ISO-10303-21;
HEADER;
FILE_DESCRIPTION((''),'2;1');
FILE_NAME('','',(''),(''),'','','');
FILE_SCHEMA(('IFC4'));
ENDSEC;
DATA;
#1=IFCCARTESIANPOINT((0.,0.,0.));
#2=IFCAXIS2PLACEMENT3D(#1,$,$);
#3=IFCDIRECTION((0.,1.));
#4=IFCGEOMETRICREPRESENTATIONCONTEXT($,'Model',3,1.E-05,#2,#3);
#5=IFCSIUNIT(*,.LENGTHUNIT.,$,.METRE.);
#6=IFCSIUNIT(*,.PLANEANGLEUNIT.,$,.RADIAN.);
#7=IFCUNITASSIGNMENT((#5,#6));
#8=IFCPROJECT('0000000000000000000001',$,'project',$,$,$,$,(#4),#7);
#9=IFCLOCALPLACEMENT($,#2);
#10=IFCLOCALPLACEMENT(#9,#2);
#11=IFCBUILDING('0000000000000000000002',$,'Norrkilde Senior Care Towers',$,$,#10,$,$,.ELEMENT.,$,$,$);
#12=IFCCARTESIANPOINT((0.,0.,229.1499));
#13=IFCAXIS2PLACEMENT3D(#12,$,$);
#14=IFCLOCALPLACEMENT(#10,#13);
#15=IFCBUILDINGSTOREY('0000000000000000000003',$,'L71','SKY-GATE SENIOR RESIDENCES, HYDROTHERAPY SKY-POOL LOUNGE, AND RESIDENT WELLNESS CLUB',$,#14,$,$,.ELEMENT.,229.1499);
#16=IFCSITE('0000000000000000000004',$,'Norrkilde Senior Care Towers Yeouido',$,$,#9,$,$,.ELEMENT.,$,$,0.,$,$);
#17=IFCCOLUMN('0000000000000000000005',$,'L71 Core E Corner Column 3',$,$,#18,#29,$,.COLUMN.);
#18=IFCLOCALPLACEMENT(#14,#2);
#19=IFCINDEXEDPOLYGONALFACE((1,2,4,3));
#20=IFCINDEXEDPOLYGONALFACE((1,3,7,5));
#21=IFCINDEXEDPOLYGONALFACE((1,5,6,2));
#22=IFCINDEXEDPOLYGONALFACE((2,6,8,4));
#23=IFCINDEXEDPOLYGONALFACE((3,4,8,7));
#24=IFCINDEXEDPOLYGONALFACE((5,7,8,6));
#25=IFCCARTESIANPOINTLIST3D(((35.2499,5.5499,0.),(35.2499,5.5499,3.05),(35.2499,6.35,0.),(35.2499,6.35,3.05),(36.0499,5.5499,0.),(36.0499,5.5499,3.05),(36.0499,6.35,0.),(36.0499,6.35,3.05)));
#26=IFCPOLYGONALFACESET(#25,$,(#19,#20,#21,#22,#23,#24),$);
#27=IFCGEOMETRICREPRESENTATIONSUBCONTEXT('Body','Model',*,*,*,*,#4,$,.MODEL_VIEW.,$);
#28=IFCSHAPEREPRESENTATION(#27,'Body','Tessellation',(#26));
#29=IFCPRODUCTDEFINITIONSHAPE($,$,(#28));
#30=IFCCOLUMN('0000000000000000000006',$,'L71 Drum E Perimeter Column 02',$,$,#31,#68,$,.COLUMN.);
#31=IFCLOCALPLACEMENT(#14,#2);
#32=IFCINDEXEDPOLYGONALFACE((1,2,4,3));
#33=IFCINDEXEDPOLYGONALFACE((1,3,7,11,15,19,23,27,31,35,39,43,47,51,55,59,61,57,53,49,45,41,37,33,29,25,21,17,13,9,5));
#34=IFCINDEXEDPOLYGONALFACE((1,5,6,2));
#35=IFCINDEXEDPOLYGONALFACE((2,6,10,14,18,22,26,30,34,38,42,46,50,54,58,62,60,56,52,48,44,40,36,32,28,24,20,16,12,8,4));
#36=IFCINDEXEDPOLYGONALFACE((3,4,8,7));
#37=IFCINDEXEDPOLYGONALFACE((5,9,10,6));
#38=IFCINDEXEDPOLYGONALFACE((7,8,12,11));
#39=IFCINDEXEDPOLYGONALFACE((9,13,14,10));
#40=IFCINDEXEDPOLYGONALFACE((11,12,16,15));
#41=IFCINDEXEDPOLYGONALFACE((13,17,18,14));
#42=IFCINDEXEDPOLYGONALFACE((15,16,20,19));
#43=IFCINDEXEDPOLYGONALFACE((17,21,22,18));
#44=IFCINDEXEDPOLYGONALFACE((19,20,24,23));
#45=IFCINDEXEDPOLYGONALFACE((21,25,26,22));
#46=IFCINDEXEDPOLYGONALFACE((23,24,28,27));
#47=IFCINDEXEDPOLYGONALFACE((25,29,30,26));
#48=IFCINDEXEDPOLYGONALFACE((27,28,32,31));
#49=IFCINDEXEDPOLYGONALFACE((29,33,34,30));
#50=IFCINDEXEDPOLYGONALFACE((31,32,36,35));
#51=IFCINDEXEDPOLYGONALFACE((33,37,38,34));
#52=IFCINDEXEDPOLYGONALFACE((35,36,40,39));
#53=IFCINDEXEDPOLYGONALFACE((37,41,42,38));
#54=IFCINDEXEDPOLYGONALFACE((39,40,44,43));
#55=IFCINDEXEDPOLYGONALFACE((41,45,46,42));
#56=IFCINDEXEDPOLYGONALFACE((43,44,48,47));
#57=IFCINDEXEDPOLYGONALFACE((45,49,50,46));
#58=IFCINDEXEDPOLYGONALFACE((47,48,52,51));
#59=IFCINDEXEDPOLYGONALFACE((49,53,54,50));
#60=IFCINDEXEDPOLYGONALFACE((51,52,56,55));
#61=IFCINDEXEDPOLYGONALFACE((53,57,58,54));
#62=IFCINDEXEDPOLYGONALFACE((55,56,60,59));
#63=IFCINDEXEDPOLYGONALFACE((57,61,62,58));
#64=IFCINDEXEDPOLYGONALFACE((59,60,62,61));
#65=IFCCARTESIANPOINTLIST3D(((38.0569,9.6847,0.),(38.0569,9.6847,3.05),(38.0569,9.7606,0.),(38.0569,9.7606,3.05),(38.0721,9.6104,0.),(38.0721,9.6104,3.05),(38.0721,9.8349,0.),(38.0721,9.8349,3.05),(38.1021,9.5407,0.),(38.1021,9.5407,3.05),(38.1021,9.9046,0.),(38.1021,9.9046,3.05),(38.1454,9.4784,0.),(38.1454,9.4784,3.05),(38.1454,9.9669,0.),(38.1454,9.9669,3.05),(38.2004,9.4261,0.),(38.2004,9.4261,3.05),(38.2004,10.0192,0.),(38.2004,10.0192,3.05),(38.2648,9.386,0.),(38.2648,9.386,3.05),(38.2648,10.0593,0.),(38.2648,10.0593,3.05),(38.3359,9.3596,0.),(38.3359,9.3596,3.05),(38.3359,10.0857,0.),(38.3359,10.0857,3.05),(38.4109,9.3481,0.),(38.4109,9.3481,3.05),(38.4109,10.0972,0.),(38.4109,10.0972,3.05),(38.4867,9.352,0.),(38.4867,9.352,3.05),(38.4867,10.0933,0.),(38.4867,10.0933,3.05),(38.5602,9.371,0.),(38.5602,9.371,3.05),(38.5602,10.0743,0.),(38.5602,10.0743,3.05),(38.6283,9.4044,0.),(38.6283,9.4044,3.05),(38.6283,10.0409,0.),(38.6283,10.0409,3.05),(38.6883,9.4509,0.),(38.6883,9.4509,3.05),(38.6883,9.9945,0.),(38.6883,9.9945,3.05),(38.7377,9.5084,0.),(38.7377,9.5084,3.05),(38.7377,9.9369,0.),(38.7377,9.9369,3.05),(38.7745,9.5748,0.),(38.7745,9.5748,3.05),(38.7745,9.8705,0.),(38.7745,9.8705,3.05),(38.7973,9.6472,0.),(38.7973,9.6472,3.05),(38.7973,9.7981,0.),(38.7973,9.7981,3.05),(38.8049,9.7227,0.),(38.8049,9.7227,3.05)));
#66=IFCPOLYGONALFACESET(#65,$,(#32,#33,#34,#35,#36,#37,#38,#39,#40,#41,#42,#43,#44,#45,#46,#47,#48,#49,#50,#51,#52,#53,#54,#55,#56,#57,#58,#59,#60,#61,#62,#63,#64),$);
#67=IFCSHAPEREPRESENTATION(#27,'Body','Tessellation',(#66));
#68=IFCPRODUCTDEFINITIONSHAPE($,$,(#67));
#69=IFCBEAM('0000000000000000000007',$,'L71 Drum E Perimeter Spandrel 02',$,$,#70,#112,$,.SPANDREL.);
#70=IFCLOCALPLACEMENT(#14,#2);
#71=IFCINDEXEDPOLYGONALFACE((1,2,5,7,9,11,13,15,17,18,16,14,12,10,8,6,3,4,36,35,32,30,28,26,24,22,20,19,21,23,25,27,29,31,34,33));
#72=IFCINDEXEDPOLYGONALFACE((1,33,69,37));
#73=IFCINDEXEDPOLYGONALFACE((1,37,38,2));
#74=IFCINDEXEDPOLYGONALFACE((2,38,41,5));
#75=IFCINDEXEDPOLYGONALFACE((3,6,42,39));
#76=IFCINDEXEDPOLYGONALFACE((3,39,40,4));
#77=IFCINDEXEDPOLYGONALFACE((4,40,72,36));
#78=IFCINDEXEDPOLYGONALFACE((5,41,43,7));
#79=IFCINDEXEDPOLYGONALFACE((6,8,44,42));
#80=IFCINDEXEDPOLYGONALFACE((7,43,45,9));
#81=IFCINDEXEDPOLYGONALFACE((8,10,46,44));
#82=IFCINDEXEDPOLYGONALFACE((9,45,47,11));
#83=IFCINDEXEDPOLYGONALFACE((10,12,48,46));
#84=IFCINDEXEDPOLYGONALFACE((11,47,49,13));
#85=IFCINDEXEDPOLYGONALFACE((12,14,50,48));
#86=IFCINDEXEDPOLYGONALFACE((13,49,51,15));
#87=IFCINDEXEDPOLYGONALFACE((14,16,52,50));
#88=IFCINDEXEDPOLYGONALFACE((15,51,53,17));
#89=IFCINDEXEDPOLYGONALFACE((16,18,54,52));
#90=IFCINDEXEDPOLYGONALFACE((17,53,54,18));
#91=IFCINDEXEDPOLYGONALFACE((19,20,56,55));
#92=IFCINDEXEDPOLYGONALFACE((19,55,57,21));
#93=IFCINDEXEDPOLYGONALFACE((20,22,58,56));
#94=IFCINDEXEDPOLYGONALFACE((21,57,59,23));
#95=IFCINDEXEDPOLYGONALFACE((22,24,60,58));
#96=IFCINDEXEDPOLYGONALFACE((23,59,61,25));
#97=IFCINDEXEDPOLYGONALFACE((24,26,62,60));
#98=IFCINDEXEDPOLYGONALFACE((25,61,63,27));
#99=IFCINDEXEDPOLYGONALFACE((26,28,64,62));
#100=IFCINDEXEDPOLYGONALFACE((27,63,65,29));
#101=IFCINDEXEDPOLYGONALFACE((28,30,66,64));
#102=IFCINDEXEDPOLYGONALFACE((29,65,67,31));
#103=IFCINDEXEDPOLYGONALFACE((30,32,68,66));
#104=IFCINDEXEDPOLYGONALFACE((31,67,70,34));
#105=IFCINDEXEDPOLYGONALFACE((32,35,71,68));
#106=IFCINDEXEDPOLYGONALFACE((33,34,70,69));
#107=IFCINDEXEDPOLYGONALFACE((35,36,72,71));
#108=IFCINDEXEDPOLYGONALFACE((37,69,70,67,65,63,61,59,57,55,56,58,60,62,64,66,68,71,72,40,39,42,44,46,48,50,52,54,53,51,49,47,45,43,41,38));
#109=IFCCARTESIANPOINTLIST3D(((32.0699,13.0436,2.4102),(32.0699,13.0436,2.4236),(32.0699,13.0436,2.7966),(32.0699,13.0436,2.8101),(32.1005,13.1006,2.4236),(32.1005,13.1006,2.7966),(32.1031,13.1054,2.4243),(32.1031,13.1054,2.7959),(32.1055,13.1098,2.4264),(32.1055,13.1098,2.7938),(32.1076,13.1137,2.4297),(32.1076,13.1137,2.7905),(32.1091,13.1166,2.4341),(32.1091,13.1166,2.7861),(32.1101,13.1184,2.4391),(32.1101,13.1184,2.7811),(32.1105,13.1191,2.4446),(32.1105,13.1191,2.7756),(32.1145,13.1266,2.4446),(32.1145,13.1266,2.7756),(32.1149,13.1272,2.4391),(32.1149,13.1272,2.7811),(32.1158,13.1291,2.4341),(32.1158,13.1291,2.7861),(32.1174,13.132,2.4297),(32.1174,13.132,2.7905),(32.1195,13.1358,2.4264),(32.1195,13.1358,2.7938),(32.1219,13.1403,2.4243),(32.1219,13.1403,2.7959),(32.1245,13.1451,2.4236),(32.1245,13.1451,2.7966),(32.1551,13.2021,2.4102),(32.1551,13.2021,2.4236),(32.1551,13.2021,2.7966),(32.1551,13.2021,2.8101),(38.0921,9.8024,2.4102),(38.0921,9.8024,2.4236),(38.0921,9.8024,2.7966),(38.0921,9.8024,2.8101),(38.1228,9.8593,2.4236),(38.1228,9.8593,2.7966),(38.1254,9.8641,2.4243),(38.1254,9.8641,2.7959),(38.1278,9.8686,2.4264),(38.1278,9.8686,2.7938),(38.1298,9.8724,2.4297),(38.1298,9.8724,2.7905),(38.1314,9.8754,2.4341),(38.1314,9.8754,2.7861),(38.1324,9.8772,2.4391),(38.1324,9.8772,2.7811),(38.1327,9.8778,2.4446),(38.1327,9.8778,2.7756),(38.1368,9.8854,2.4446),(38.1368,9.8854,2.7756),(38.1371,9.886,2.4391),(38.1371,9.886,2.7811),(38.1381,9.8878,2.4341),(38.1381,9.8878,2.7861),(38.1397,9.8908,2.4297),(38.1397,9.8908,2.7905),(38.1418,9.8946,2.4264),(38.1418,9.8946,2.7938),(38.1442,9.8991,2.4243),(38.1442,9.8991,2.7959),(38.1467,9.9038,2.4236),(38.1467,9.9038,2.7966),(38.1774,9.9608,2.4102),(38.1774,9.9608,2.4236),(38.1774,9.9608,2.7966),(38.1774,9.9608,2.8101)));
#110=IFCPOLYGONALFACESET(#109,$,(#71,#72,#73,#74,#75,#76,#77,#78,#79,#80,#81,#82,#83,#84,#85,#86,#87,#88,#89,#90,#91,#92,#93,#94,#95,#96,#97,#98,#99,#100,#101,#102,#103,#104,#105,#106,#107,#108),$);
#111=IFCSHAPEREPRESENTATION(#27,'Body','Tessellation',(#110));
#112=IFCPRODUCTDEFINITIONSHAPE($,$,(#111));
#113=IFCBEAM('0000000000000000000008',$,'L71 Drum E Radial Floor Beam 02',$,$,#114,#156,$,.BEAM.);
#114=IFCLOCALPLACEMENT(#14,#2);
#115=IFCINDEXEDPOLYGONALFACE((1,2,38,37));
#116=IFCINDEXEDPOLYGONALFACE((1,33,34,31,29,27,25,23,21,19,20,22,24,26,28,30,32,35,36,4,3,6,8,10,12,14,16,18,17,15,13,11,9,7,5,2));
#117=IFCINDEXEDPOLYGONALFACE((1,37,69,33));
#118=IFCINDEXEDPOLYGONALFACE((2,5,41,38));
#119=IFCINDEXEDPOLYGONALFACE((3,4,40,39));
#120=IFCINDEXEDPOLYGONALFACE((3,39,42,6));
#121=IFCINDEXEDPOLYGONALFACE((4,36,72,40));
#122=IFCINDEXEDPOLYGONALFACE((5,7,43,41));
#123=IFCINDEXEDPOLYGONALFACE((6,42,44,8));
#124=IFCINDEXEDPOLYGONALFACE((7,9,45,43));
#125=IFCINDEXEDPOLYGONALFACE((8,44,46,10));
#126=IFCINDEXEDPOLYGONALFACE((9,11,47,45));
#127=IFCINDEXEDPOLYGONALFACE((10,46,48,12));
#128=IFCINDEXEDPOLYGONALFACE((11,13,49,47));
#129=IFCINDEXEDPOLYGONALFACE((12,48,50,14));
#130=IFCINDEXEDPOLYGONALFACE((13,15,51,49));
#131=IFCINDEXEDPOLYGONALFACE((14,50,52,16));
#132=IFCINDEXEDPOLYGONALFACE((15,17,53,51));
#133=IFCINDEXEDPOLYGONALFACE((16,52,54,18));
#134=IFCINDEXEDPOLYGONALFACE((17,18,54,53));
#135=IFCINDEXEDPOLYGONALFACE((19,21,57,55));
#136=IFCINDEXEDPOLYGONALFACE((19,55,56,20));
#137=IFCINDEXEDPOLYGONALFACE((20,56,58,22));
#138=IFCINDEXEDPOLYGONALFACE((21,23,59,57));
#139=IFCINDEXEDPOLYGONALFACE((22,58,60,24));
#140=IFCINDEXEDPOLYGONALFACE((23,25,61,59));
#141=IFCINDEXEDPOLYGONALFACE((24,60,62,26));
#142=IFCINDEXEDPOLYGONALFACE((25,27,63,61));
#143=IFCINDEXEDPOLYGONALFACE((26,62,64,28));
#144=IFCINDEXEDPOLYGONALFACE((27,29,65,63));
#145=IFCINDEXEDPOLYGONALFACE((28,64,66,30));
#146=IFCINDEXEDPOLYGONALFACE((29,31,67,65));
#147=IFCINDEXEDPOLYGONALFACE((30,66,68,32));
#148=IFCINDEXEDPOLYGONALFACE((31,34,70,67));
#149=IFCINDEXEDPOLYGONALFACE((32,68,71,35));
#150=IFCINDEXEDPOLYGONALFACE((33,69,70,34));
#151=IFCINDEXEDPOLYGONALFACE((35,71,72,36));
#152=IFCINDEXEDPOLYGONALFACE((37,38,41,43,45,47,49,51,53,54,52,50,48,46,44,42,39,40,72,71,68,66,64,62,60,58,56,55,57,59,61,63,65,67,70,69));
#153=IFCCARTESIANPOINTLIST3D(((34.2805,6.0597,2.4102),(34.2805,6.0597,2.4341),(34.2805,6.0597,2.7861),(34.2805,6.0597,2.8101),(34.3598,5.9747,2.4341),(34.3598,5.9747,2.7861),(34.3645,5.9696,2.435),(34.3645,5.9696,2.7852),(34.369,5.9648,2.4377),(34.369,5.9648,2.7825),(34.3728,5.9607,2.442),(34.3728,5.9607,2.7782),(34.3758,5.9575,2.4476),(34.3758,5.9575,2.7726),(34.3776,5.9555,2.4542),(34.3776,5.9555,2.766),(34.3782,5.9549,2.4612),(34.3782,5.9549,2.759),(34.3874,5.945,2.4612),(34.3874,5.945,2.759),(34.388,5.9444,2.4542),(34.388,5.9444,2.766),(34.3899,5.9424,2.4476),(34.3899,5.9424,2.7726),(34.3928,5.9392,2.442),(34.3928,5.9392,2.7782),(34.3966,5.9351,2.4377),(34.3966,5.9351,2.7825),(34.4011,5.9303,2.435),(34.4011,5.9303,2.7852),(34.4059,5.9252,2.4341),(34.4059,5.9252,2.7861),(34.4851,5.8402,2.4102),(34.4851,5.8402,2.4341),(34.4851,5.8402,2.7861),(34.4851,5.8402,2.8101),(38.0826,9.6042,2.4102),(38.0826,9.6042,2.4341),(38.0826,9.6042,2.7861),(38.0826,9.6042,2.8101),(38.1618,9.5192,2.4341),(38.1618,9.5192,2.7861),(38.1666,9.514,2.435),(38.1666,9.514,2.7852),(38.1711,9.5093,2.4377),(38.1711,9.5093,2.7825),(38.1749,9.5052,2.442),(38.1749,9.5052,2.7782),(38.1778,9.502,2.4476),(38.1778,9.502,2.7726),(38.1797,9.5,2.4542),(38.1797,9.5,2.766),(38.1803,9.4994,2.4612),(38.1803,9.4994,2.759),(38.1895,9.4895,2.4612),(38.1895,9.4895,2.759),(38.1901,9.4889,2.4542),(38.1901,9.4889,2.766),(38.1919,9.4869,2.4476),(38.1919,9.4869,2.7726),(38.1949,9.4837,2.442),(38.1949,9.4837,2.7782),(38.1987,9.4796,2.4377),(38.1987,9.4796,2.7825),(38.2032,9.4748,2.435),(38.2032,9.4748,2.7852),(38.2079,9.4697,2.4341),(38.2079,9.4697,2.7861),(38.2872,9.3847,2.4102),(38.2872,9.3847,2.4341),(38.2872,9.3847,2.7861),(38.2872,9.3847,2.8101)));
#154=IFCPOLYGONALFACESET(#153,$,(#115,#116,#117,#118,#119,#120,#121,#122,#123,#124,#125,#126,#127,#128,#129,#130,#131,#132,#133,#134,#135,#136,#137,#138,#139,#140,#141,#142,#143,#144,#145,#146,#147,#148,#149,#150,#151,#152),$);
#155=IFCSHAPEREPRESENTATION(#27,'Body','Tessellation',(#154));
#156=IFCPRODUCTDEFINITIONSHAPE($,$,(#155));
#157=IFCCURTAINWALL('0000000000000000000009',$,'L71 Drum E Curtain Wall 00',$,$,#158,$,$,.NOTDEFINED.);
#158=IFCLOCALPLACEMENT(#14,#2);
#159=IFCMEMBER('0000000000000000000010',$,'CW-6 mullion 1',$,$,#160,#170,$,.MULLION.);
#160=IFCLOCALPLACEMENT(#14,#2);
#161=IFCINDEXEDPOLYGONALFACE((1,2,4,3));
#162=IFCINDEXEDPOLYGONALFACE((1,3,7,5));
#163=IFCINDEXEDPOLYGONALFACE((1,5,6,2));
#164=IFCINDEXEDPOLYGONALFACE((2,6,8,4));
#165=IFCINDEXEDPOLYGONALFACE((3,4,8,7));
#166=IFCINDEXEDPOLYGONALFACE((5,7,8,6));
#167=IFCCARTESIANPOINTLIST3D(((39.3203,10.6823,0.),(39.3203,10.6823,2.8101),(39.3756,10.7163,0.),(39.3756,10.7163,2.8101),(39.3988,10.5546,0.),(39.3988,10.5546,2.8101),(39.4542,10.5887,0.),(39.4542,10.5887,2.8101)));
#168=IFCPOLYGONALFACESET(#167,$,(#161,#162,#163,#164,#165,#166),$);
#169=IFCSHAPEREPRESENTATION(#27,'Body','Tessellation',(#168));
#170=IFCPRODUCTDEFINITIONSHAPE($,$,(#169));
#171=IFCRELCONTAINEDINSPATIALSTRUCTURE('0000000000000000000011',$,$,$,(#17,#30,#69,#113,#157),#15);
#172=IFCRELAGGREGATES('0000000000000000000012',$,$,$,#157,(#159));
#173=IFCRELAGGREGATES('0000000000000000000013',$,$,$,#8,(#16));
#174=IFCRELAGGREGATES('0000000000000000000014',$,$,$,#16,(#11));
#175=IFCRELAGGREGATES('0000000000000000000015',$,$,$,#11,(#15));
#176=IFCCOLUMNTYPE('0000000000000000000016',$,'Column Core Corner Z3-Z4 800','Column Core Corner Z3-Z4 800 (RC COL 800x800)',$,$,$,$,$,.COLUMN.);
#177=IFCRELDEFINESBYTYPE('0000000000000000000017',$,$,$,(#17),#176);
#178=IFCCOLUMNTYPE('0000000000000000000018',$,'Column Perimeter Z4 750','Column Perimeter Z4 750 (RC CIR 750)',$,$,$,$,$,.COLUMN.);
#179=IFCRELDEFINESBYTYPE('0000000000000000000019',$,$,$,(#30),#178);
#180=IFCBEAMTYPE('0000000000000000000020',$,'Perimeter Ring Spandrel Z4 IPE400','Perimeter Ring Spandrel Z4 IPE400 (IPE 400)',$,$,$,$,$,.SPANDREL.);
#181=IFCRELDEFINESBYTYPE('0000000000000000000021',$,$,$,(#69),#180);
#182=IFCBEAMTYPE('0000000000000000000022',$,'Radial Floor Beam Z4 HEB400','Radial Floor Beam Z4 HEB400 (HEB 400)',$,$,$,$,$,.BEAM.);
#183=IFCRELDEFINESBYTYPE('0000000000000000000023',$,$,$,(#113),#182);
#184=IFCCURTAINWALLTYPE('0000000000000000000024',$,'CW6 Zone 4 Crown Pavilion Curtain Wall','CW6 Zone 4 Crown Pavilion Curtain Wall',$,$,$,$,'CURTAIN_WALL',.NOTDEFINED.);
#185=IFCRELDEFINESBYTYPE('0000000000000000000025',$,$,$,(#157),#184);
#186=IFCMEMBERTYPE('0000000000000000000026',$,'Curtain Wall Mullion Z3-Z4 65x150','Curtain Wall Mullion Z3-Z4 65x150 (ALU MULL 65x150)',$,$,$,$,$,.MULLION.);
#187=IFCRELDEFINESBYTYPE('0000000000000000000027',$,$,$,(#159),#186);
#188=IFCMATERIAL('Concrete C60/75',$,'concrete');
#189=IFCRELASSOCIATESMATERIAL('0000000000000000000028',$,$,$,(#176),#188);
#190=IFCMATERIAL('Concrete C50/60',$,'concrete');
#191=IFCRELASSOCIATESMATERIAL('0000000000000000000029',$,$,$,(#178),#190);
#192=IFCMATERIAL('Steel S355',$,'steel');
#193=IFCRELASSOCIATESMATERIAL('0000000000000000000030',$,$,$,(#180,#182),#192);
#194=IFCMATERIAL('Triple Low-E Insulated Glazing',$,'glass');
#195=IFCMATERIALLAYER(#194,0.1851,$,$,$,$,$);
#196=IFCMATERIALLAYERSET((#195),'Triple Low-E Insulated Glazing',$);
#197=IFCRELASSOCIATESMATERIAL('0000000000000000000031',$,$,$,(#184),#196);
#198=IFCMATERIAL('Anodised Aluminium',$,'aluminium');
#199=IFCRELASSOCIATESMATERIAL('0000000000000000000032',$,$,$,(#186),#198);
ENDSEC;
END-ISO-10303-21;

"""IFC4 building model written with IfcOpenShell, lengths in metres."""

from ifc_helpers import new_model, si_unit, direction, frame, origin, origin_2d, place, context, subcontext, project, spatial, rectangle, circle, i_section, extrude, source, transform, mapped, material, layer, layer_set, material_profile, profile_set, type_object, type_shapes, element, aggregate, save


model = new_model("IFC4")

# Units and contexts
model_context = context("Model", 3, precision=1e-05, world=origin(), true_north=direction((0.0, 1.0)))
body_context = subcontext(model_context, "Body", "Model", "MODEL_VIEW")
ifc_project = project(units=[si_unit("LENGTHUNIT", "METRE"), si_unit("PLANEANGLEUNIT", "RADIAN")], contexts=[model_context])

# Site, building, storey
site_placement = place(None, origin())
site = spatial("IfcSite", under=ifc_project, at=site_placement, Name="Norrkilde Senior Care Towers Yeouido", CompositionType="ELEMENT", RefElevation=0.0)
building_placement = place(site_placement, origin())
building = spatial("IfcBuilding", under=site, at=building_placement, Name="Norrkilde Senior Care Towers", CompositionType="ELEMENT")
storey_placement = place(building_placement, frame((0.0, 0.0, 229.1499)))
storey = spatial("IfcBuildingStorey", under=building, at=storey_placement, Name="L71", Description="SKY-GATE SENIOR RESIDENCES, HYDROTHERAPY SKY-POOL LOUNGE, AND RESIDENT WELLNESS CLUB", CompositionType="ELEMENT", Elevation=229.1499)

# Columns
ifc_material_1 = material(Name="Concrete C60/75", Category="concrete")
ifc_material_profile_1 = material_profile(ifc_material_1, rectangle(XDim=0.8, YDim=0.8, at=origin_2d()), Name="RC COL 800x800")
ifc_profile_set_1 = profile_set([ifc_material_profile_1], Name="Concrete C60/75")
column_type_1 = type_object("IfcColumnType", Name="Column Core Corner Z3-Z4 800", Description="Column Core Corner Z3-Z4 800 (RC COL 800x800)", PredefinedType="COLUMN", material=ifc_profile_set_1)
shared_shape_1 = source(origin(), body_context, "Body", "SweptSolid", [
    extrude(rectangle(XDim=0.8, YDim=0.8, at=origin_2d()), origin(), (0.0, 0.0, 1.0), 3.05),
])
type_shapes(column_type_1, [shared_shape_1])
column_1_placement = place(storey_placement, frame((35.6499, 5.95, 0.0), z_axis=(0.0, 0.0, 1.0), x_axis=(1.0, 0.0, 0.0)))
element("IfcColumn", 1, at=column_1_placement, inside=storey, type_object=column_type_1, Name="L71 Core E Corner Column 3", PredefinedType="COLUMN", context=body_context, shape_type="MappedRepresentation", body=[
    mapped(shared_shape_1, transform((0.0, 0.0, 0.0), x_axis=(1.0, 0.0, 0.0), y_axis=(0.0, 1.0, 0.0), z_axis=(0.0, 0.0, 1.0), scale=1.0)),
])
ifc_material_2 = material(Name="Concrete C50/60", Category="concrete")
ifc_material_profile_2 = material_profile(ifc_material_2, circle(Radius=0.375, at=origin_2d()), Name="RC CIR 750")
ifc_profile_set_2 = profile_set([ifc_material_profile_2], Name="Concrete C50/60")
column_type_2 = type_object("IfcColumnType", Name="Column Perimeter Z4 750", Description="Column Perimeter Z4 750 (RC CIR 750)", PredefinedType="COLUMN", material=ifc_profile_set_2)
shared_shape_2 = source(origin(), body_context, "Body", "SweptSolid", [
    extrude(circle(Radius=0.375, at=origin_2d()), origin(), (0.0, 0.0, 1.0), 3.05),
])
type_shapes(column_type_2, [shared_shape_2])
column_2_placement = place(storey_placement, frame((38.4299, 9.7227, 0.0), z_axis=(0.0, 0.0, 1.0), x_axis=(1.0, 0.0, 0.0)))
element("IfcColumn", 2, at=column_2_placement, inside=storey, type_object=column_type_2, Name="L71 Drum E Perimeter Column 02", PredefinedType="COLUMN", context=body_context, shape_type="MappedRepresentation", body=[
    mapped(shared_shape_2, transform((0.0, 0.0, 0.0), x_axis=(1.0, 0.0, 0.0), y_axis=(0.0, 1.0, 0.0), z_axis=(0.0, 0.0, 1.0), scale=1.0)),
])

# Beams
ifc_material_3 = material(Name="Steel S355", Category="steel")
ifc_material_profile_3 = material_profile(ifc_material_3, i_section(OverallWidth=0.1799, OverallDepth=0.3999, WebThickness=0.0085, FlangeThickness=0.0134, FilletRadius=0.021, at=origin_2d()), Name="IPE 400")
ifc_profile_set_3 = profile_set([ifc_material_profile_3], Name="Steel S355")
beam_type_1 = type_object("IfcBeamType", Name="Perimeter Ring Spandrel Z4 IPE400", Description="Perimeter Ring Spandrel Z4 IPE400 (IPE 400)", PredefinedType="SPANDREL", material=ifc_profile_set_3)
shared_shape_3 = source(origin(), body_context, "Body", "SweptSolid", [
    extrude(i_section(OverallWidth=0.1799, OverallDepth=0.3999, WebThickness=0.0085, FlangeThickness=0.0134, FilletRadius=0.021, at=origin_2d()), origin(), (0.0, 0.0, 1.0), 6.8391),
])
type_shapes(beam_type_1, [shared_shape_3])
beam_1_placement = place(storey_placement, frame((38.1348, 9.8816, 2.6101), z_axis=(-0.880564, 0.473927, 0.0), x_axis=(-0.473927, -0.880564, 0.0)))
element("IfcBeam", 3, at=beam_1_placement, inside=storey, type_object=beam_type_1, Name="L71 Drum E Perimeter Spandrel 02", PredefinedType="SPANDREL", context=body_context, shape_type="MappedRepresentation", body=[
    mapped(shared_shape_3, transform((0.0, 0.0, 0.0), x_axis=(1.0, 0.0, 0.0), y_axis=(0.0, 1.0, 0.0), z_axis=(0.0, 0.0, 1.0), scale=1.0)),
])
ifc_material_profile_4 = material_profile(ifc_material_3, i_section(OverallWidth=0.3, OverallDepth=0.3999, WebThickness=0.0134, FlangeThickness=0.0239, FilletRadius=0.0271, at=origin_2d()), Name="HEB 400")
ifc_profile_set_4 = profile_set([ifc_material_profile_4], Name="Steel S355")
beam_type_2 = type_object("IfcBeamType", Name="Radial Floor Beam Z4 HEB400", Description="Radial Floor Beam Z4 HEB400 (HEB 400)", PredefinedType="BEAM", material=ifc_profile_set_4)
shared_shape_4 = source(origin(), body_context, "Body", "SweptSolid", [
    extrude(i_section(OverallWidth=0.3, OverallDepth=0.3999, WebThickness=0.0134, FlangeThickness=0.0239, FilletRadius=0.0271, at=origin_2d()), origin(), (0.0, 0.0, 1.0), 5.198),
])
type_shapes(beam_type_2, [shared_shape_4])
beam_2_placement = place(storey_placement, frame((34.3828, 5.95, 2.6101), z_axis=(0.731449, 0.681896, 0.0), x_axis=(-0.681896, 0.731449, 0.0)))
element("IfcBeam", 4, at=beam_2_placement, inside=storey, type_object=beam_type_2, Name="L71 Drum E Radial Floor Beam 02", PredefinedType="BEAM", context=body_context, shape_type="MappedRepresentation", body=[
    mapped(shared_shape_4, transform((0.0, 0.0, 0.0), x_axis=(1.0, 0.0, 0.0), y_axis=(0.0, 1.0, 0.0), z_axis=(0.0, 0.0, 1.0), scale=1.0)),
])

# Curtain wall, member
ifc_material_4 = material(Name="Triple Low-E Insulated Glazing", Category="glass")
ifc_layer_1 = layer(ifc_material_4, 0.1851)
ifc_layer_set_1 = layer_set([ifc_layer_1], Name="Triple Low-E Insulated Glazing")
curtain_wall_type = type_object("IfcCurtainWallType", Name="CW6 Zone 4 Crown Pavilion Curtain Wall", Description="CW6 Zone 4 Crown Pavilion Curtain Wall", ElementType="CURTAIN_WALL", PredefinedType="NOTDEFINED", material=ifc_layer_set_1)
curtain_wall_1_placement = place(storey_placement, origin())
curtain_wall_1 = element("IfcCurtainWall", 5, at=curtain_wall_1_placement, inside=storey, type_object=curtain_wall_type, Name="L71 Drum E Curtain Wall 00", PredefinedType="NOTDEFINED")
ifc_material_5 = material(Name="Anodised Aluminium", Category="aluminium")
ifc_material_profile_5 = material_profile(ifc_material_5, rectangle(XDim=0.0649, YDim=0.1499, at=origin_2d()), Name="ALU MULL 65x150")
ifc_profile_set_5 = profile_set([ifc_material_profile_5], Name="Anodised Aluminium")
member_type_1 = type_object("IfcMemberType", Name="Curtain Wall Mullion Z3-Z4 65x150", Description="Curtain Wall Mullion Z3-Z4 65x150 (ALU MULL 65x150)", PredefinedType="MULLION", material=ifc_profile_set_5)
shared_shape_5 = source(origin(), body_context, "Body", "SweptSolid", [
    extrude(rectangle(XDim=0.0649, YDim=0.1499, at=origin_2d()), origin(), (0.0, 0.0, 1.0), 2.8101),
])
type_shapes(member_type_1, [shared_shape_5])
member_1_placement = place(storey_placement, frame((39.3872, 10.6355, 0.0), z_axis=(0.0, 0.0, 1.0), x_axis=(0.851563, 0.524253, 0.0)))
member_1 = element("IfcMember", 6, at=member_1_placement, type_object=member_type_1, Name="CW-6 mullion 1", PredefinedType="MULLION", context=body_context, shape_type="MappedRepresentation", body=[
    mapped(shared_shape_5, transform((0.0, 0.0, 0.0), x_axis=(1.0, 0.0, 0.0), y_axis=(0.0, 1.0, 0.0), z_axis=(0.0, 0.0, 1.0), scale=1.0)),
])

aggregate(curtain_wall_1, [member_1])

save(model, "model.ifc")
